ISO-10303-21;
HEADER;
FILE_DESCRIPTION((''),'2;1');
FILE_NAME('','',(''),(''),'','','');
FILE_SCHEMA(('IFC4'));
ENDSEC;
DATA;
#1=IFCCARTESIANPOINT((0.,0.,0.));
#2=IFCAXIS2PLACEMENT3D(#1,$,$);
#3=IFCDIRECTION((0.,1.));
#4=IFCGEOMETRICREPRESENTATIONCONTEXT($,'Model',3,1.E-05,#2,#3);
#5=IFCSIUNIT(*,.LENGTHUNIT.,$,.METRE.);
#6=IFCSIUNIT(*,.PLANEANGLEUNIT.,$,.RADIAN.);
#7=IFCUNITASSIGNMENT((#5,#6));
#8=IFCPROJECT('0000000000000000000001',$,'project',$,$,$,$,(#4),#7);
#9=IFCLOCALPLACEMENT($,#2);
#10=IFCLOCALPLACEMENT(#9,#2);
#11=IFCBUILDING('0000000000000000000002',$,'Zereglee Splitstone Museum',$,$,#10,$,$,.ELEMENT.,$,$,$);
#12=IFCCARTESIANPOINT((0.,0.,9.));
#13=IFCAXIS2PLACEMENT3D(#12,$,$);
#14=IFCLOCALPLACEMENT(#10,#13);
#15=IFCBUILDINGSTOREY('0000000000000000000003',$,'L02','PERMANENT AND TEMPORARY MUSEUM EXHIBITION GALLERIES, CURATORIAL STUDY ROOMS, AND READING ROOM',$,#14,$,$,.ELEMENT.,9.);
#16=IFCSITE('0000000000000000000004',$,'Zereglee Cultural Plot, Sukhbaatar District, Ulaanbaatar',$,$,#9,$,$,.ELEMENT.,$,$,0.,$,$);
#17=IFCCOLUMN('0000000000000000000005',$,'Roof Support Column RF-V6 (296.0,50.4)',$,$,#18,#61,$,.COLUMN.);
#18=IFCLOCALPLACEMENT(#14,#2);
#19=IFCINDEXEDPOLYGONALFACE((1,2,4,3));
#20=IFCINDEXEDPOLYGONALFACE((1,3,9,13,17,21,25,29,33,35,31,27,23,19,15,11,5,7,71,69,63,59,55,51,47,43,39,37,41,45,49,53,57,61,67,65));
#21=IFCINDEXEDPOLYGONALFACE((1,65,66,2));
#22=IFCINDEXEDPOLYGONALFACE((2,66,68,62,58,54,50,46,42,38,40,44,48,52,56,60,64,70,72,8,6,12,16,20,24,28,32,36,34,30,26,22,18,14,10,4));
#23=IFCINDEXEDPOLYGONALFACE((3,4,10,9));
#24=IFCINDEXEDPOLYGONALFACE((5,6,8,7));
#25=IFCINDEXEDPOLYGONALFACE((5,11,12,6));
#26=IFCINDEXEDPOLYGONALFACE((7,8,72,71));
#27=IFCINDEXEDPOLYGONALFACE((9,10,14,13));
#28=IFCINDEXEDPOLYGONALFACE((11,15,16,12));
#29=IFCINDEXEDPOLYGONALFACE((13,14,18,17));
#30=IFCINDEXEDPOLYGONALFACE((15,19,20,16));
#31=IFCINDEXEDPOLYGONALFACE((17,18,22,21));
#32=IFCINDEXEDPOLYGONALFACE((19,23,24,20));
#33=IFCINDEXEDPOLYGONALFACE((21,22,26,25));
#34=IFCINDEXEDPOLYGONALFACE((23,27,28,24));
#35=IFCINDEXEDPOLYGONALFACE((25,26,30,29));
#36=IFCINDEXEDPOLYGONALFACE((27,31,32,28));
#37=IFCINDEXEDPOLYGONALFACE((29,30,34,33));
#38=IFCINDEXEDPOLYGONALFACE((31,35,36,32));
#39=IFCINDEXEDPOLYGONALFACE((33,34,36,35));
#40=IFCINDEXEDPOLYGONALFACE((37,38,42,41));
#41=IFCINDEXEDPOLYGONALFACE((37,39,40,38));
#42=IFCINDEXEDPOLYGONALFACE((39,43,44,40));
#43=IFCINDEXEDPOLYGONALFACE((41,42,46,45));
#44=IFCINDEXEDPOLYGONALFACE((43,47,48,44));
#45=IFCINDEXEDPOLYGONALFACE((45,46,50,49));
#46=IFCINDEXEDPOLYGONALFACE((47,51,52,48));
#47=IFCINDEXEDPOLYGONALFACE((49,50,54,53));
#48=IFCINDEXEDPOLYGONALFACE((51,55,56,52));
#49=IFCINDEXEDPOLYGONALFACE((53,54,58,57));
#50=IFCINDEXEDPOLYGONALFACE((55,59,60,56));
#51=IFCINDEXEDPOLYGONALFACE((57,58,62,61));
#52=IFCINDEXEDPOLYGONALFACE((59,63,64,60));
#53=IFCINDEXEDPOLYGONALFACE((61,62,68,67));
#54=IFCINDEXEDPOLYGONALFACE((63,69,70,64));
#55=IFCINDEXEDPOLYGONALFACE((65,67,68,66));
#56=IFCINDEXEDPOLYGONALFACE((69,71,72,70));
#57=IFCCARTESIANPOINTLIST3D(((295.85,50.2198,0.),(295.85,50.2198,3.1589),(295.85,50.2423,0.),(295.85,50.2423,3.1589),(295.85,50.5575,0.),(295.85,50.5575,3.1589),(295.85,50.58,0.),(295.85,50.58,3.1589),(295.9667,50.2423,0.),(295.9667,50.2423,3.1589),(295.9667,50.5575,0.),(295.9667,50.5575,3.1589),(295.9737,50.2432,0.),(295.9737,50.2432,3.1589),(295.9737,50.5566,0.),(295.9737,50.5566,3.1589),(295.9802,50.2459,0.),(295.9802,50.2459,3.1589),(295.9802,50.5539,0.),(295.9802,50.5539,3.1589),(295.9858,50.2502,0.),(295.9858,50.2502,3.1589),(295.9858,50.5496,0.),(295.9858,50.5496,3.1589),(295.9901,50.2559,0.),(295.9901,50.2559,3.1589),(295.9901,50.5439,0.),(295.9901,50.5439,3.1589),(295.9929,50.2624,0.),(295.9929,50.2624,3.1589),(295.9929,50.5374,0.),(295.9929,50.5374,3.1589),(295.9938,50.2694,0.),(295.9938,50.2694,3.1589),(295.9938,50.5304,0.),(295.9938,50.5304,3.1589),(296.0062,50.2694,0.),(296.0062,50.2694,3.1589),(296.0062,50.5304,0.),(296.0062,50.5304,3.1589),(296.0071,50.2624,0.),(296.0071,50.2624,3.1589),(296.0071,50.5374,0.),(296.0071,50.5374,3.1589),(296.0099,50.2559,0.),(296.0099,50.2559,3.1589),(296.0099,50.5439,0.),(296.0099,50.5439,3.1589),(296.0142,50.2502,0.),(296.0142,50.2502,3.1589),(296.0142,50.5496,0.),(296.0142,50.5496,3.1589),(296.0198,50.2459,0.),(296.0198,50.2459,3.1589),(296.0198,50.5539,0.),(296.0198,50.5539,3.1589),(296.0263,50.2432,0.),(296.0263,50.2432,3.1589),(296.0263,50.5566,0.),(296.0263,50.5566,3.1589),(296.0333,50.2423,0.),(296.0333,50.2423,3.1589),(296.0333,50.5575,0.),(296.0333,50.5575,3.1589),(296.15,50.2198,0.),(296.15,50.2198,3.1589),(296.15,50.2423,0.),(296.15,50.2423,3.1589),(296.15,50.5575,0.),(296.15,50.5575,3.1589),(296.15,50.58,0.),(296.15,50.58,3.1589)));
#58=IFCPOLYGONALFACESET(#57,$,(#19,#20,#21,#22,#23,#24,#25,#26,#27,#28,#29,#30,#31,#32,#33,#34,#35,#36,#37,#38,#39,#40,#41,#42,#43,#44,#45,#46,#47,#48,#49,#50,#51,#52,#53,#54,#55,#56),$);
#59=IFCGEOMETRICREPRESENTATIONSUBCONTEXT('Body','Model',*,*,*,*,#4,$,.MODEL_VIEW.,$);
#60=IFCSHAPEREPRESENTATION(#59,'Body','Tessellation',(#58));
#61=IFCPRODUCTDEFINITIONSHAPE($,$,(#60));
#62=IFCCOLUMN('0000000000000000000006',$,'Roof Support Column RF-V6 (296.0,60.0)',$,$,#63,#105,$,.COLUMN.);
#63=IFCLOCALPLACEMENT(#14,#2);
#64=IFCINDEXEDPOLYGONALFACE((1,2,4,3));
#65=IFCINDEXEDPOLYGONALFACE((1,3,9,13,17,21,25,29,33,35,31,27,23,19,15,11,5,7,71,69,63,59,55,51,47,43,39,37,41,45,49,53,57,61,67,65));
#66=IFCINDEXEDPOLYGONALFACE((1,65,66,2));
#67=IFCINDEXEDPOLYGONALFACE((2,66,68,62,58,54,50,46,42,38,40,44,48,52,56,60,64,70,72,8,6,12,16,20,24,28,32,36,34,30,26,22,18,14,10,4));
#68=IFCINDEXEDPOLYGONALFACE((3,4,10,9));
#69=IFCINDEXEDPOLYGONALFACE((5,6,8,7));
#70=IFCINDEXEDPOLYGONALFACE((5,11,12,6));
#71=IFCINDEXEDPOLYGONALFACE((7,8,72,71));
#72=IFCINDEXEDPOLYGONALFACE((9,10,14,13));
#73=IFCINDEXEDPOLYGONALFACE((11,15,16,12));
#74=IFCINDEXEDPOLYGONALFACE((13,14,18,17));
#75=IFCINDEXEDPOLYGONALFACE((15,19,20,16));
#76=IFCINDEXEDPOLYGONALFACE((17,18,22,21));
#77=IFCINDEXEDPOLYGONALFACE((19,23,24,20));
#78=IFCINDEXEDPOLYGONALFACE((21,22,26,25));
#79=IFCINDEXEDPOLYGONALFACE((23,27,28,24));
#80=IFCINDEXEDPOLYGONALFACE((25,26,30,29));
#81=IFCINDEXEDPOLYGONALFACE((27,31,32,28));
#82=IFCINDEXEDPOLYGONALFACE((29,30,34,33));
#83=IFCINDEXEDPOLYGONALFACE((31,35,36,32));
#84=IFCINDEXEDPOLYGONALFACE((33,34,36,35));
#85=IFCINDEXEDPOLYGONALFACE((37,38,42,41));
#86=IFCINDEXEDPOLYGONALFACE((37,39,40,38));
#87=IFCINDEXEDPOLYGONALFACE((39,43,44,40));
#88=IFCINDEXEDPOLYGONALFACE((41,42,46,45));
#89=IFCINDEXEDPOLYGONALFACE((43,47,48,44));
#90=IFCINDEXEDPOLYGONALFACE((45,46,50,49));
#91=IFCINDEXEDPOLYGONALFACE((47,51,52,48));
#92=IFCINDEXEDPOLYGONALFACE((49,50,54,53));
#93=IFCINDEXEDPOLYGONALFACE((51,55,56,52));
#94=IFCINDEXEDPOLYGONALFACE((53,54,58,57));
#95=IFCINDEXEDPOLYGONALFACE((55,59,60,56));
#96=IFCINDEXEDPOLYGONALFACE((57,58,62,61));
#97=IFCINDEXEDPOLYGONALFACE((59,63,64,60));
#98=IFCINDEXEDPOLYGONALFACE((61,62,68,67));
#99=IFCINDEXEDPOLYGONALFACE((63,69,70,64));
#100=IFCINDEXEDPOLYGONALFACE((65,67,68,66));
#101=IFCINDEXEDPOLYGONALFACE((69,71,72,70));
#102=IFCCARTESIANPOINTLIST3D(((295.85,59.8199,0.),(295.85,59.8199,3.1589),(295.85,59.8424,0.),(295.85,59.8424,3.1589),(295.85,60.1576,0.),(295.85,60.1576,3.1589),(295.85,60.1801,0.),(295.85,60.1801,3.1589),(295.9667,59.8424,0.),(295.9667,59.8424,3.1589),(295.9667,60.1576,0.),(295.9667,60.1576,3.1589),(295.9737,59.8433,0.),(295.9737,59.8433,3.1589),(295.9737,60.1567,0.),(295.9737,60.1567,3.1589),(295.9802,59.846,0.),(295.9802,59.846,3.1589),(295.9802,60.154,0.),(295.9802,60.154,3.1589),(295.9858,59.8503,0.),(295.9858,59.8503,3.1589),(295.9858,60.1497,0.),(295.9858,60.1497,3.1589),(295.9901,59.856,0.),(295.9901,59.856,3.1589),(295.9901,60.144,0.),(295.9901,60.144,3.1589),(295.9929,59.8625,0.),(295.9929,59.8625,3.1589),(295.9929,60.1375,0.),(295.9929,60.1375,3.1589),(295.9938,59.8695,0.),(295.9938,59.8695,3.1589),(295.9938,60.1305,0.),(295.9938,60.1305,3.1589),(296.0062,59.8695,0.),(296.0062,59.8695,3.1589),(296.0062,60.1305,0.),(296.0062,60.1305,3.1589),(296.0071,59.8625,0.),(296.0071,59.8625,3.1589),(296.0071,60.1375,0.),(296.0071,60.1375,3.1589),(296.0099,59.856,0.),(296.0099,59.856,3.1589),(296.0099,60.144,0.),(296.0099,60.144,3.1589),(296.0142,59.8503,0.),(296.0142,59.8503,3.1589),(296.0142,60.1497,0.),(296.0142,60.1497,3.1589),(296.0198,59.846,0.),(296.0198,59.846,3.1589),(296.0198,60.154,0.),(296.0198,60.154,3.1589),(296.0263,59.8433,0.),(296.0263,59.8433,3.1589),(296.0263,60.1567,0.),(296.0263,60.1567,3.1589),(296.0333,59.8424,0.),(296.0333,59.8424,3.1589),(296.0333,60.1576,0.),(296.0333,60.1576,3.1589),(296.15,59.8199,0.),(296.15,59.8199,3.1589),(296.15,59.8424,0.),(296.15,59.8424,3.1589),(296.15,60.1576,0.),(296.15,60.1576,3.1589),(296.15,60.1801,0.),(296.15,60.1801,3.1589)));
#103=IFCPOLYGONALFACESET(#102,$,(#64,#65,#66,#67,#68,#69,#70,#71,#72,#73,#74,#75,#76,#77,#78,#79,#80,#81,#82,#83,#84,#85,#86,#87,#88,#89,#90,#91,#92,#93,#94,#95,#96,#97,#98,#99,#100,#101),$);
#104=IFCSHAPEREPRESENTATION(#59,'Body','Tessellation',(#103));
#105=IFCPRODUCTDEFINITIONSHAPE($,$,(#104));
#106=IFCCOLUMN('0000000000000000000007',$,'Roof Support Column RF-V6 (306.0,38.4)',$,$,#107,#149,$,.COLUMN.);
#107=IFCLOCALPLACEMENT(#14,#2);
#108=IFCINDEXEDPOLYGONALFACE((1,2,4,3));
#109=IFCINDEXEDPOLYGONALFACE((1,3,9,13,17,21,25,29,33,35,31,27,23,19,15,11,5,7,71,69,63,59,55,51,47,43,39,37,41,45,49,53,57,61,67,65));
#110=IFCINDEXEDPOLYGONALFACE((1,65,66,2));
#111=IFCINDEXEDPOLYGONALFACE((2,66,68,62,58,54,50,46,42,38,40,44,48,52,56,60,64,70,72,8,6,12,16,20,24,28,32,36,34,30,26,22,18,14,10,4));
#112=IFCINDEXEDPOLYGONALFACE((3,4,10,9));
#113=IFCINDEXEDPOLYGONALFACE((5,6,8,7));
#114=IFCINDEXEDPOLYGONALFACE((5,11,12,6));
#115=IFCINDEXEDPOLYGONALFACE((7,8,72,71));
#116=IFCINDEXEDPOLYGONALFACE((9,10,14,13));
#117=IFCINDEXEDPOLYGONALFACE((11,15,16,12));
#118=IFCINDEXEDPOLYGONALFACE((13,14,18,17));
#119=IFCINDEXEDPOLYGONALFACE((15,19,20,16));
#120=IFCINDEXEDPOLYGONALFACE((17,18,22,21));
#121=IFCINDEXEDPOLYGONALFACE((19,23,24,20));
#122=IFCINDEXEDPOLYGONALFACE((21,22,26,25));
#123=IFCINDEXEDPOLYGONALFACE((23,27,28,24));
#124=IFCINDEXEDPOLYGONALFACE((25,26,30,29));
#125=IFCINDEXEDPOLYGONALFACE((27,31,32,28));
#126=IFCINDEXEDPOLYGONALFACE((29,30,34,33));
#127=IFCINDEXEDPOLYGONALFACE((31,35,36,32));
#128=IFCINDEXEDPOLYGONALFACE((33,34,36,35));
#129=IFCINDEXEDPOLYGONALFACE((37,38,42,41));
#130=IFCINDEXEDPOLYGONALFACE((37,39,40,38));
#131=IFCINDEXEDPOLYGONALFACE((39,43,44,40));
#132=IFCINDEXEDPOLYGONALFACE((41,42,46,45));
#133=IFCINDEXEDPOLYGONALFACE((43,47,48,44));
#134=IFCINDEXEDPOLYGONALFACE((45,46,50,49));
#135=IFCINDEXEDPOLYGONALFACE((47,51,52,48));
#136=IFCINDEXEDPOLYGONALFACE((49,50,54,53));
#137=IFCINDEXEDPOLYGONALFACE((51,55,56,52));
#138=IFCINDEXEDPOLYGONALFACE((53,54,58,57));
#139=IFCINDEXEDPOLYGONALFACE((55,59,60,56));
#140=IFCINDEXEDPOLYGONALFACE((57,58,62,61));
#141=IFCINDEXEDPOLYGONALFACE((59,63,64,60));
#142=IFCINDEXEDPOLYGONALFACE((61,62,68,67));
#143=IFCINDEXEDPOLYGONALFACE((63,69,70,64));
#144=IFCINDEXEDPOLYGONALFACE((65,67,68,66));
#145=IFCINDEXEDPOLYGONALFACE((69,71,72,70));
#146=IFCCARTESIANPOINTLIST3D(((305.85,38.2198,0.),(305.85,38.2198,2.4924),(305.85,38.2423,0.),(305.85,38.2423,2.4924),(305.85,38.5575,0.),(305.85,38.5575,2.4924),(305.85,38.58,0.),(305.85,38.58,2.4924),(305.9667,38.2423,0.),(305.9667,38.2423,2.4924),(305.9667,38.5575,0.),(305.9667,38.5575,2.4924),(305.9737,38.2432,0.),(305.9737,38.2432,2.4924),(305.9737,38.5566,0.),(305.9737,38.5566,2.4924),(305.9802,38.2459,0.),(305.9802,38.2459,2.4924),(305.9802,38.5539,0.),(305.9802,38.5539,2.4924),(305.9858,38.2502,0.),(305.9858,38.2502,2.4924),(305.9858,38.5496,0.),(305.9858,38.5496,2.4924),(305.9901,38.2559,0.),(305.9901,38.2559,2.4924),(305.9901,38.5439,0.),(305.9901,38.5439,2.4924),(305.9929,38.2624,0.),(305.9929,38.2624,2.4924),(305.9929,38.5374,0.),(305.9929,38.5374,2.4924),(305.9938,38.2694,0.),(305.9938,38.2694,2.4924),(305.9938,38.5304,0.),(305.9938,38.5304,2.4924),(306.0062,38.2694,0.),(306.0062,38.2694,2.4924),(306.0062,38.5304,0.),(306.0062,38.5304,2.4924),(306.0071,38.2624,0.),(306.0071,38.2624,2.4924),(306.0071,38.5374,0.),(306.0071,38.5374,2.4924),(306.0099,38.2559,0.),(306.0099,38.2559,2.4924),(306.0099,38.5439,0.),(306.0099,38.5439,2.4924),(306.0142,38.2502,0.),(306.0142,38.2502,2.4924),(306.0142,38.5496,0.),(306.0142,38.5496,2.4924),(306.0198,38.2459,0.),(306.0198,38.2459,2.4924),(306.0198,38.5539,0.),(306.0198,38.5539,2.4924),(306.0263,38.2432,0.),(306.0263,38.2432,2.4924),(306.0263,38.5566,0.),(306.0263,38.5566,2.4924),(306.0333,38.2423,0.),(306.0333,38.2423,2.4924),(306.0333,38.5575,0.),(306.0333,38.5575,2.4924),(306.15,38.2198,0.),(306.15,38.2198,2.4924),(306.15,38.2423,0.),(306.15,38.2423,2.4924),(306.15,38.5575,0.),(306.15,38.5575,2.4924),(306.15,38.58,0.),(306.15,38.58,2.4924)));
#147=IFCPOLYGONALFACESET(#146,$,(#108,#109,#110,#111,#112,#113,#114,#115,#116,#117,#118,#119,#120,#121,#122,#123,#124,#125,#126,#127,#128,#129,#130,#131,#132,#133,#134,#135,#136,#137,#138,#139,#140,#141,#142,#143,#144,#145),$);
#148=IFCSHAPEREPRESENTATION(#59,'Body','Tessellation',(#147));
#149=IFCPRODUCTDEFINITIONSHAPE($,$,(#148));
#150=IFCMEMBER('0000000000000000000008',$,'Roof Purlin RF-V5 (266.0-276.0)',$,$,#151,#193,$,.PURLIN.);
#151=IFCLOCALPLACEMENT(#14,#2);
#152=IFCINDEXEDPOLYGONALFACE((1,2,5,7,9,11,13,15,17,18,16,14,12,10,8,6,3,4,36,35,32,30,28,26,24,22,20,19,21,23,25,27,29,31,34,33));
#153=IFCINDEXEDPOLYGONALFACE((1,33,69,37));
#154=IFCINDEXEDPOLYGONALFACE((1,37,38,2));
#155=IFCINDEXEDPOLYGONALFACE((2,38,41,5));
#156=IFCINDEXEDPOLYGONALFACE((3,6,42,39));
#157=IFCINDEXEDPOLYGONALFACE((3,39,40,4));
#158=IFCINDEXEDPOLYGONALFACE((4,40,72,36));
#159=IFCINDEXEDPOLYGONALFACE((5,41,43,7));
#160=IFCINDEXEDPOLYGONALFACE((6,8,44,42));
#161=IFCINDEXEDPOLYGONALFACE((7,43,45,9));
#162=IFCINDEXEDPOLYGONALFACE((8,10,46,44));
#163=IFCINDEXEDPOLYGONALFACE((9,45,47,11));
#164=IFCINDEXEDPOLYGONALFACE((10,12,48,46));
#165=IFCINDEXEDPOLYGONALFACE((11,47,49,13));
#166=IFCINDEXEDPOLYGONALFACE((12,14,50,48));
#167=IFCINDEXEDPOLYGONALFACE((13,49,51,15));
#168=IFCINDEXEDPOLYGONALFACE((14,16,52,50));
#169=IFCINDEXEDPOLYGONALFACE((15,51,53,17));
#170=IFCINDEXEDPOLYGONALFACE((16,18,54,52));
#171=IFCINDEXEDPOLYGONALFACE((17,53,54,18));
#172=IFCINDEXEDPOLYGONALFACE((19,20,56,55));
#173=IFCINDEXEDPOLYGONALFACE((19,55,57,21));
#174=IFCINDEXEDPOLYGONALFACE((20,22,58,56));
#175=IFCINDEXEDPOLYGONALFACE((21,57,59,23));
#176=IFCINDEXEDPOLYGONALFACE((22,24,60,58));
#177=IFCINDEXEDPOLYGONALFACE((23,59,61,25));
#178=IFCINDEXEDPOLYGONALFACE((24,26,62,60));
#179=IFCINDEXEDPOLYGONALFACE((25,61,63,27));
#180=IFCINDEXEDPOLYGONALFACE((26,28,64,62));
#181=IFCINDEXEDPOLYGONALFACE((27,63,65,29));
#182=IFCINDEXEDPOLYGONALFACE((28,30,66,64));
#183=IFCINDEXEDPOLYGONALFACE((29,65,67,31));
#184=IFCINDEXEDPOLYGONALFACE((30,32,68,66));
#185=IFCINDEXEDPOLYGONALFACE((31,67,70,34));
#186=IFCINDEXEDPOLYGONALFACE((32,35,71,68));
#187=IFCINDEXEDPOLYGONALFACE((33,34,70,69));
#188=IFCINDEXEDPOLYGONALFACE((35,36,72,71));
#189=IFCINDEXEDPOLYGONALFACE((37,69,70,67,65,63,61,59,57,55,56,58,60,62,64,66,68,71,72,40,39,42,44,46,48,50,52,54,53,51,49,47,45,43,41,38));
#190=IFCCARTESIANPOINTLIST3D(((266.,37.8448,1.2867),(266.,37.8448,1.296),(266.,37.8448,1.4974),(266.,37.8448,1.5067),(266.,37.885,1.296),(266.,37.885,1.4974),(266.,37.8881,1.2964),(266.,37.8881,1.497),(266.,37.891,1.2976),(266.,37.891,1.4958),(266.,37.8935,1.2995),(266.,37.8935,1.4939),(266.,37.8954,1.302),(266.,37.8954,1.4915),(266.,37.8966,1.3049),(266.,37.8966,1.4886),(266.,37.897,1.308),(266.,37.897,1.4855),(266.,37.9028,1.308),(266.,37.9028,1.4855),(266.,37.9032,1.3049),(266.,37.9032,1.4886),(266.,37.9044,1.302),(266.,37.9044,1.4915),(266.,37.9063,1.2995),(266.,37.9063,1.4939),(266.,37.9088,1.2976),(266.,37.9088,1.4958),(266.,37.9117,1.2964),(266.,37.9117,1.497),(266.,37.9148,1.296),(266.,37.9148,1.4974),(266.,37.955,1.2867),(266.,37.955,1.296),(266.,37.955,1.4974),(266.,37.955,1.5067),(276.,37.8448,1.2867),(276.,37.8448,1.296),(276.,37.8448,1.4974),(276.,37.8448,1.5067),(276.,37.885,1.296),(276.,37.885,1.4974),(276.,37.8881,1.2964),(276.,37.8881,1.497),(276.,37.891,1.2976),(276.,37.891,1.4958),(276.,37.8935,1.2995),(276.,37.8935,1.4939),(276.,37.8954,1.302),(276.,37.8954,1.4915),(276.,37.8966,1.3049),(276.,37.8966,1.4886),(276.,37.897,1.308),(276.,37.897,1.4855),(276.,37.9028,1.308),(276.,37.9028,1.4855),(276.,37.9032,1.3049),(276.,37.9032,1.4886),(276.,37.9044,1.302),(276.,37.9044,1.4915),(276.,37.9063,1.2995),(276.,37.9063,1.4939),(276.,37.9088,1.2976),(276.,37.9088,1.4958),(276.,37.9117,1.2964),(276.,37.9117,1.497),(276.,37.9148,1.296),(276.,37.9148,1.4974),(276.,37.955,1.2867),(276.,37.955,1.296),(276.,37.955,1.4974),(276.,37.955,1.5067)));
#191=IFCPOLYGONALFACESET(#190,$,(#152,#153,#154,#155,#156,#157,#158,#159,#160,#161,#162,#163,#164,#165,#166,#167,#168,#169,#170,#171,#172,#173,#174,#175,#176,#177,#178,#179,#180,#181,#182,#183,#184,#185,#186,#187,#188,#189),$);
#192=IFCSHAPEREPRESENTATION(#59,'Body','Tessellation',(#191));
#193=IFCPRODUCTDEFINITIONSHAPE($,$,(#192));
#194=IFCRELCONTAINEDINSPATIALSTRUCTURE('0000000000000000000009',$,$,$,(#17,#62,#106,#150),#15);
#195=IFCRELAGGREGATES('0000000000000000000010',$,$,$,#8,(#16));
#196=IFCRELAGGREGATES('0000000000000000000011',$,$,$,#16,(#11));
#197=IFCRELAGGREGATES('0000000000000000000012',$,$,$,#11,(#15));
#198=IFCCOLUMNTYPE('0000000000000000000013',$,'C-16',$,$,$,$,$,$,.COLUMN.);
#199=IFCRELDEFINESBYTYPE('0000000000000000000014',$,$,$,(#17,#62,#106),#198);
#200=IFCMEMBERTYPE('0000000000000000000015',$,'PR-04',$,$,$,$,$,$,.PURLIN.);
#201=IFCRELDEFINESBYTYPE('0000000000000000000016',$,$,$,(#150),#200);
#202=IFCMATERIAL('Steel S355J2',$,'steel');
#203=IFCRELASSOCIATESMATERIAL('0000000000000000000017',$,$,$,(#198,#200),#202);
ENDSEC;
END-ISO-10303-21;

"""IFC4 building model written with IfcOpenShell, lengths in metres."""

from ifc_helpers import new_model, si_unit, direction, frame, origin, origin_2d, place, context, subcontext, project, spatial, i_section, extrude, material, material_profile, profile_set, type_object, element, save


model = new_model("IFC4")

# Units and contexts
model_context = context("Model", 3, precision=1e-05, world=origin(), true_north=direction((0.0, 1.0)))
body_context = subcontext(model_context, "Body", "Model", "MODEL_VIEW")
ifc_project = project(units=[si_unit("LENGTHUNIT", "METRE"), si_unit("PLANEANGLEUNIT", "RADIAN")], contexts=[model_context])

# Site, building, storey
site_placement = place(None, origin())
site = spatial("IfcSite", under=ifc_project, at=site_placement, Name="Zereglee Cultural Plot, Sukhbaatar District, Ulaanbaatar", CompositionType="ELEMENT", RefElevation=0.0)
building_placement = place(site_placement, origin())
building = spatial("IfcBuilding", under=site, at=building_placement, Name="Zereglee Splitstone Museum", CompositionType="ELEMENT")
storey_placement = place(building_placement, frame((0.0, 0.0, 9.0)))
storey = spatial("IfcBuildingStorey", under=building, at=storey_placement, Name="L02", Description="PERMANENT AND TEMPORARY MUSEUM EXHIBITION GALLERIES, CURATORIAL STUDY ROOMS, AND READING ROOM", CompositionType="ELEMENT", Elevation=9.0)

# Columns
ifc_material_1 = material(Name="Steel S355J2", Category="steel")
ifc_material_profile_1 = material_profile(ifc_material_1, i_section(OverallWidth=0.3, OverallDepth=0.3601, WebThickness=0.0125, FlangeThickness=0.0225, FilletRadius=0.0271, at=origin_2d()), Name="HE 360 B")
ifc_profile_set_1 = profile_set([ifc_material_profile_1], Name="Steel S355J2")
column_type = type_object("IfcColumnType", Name="C-16", PredefinedType="COLUMN", material=ifc_profile_set_1)
for number, where, z_axis, x_axis, name in (
    (1, (296.0, 50.3999, 0.0), (0.0, 0.0, 1.0), (1.0, 0.0, 0.0), "Roof Support Column RF-V6 (296.0,50.4)"),
    (2, (296.0, 60.0, 0.0), (0.0, 0.0, 1.0), (1.0, 0.0, 0.0), "Roof Support Column RF-V6 (296.0,60.0)"),
):
    element("IfcColumn", number, at=place(storey_placement, frame(where, z_axis=z_axis, x_axis=x_axis)), inside=storey, type_object=column_type, Name=name, PredefinedType="COLUMN", context=body_context, shape_type="SweptSolid", body=[
        extrude(i_section(OverallWidth=0.3, OverallDepth=0.3601, WebThickness=0.0125, FlangeThickness=0.0225, FilletRadius=0.0271, at=origin_2d()), origin(), (0.0, 0.0, 1.0), 3.1589),
    ])
column_1_placement = place(storey_placement, frame((306.0, 38.3999, 0.0), z_axis=(0.0, 0.0, 1.0), x_axis=(1.0, 0.0, 0.0)))
element("IfcColumn", 3, at=column_1_placement, inside=storey, type_object=column_type, Name="Roof Support Column RF-V6 (306.0,38.4)", PredefinedType="COLUMN", context=body_context, shape_type="SweptSolid", body=[
    extrude(i_section(OverallWidth=0.3, OverallDepth=0.3601, WebThickness=0.0125, FlangeThickness=0.0225, FilletRadius=0.0271, at=origin_2d()), origin(), (0.0, 0.0, 1.0), 2.4924),
])

# Member
ifc_material_profile_2 = material_profile(ifc_material_1, i_section(OverallWidth=0.1101, OverallDepth=0.22, WebThickness=0.0059, FlangeThickness=0.0093, FilletRadius=0.012, at=origin_2d()), Name="IPE 220")
ifc_profile_set_2 = profile_set([ifc_material_profile_2], Name="Steel S355J2")
member_type_1 = type_object("IfcMemberType", Name="PR-04", PredefinedType="PURLIN", material=ifc_profile_set_2)
for number, where, z_axis, x_axis, name in (
    (4, (266.0, 37.8999, 1.3967), (1.0, 0.0, 0.0), (0.0, 1.0, 0.0), "Roof Purlin RF-V5 (266.0-276.0)"),
):
    element("IfcMember", number, at=place(storey_placement, frame(where, z_axis=z_axis, x_axis=x_axis)), inside=storey, type_object=member_type_1, Name=name, PredefinedType="PURLIN", context=body_context, shape_type="SweptSolid", body=[
        extrude(i_section(OverallWidth=0.1101, OverallDepth=0.22, WebThickness=0.0059, FlangeThickness=0.0093, FilletRadius=0.012, at=origin_2d()), origin(), (0.0, 0.0, 1.0), 10.0),
    ])

save(model, "model.ifc")
